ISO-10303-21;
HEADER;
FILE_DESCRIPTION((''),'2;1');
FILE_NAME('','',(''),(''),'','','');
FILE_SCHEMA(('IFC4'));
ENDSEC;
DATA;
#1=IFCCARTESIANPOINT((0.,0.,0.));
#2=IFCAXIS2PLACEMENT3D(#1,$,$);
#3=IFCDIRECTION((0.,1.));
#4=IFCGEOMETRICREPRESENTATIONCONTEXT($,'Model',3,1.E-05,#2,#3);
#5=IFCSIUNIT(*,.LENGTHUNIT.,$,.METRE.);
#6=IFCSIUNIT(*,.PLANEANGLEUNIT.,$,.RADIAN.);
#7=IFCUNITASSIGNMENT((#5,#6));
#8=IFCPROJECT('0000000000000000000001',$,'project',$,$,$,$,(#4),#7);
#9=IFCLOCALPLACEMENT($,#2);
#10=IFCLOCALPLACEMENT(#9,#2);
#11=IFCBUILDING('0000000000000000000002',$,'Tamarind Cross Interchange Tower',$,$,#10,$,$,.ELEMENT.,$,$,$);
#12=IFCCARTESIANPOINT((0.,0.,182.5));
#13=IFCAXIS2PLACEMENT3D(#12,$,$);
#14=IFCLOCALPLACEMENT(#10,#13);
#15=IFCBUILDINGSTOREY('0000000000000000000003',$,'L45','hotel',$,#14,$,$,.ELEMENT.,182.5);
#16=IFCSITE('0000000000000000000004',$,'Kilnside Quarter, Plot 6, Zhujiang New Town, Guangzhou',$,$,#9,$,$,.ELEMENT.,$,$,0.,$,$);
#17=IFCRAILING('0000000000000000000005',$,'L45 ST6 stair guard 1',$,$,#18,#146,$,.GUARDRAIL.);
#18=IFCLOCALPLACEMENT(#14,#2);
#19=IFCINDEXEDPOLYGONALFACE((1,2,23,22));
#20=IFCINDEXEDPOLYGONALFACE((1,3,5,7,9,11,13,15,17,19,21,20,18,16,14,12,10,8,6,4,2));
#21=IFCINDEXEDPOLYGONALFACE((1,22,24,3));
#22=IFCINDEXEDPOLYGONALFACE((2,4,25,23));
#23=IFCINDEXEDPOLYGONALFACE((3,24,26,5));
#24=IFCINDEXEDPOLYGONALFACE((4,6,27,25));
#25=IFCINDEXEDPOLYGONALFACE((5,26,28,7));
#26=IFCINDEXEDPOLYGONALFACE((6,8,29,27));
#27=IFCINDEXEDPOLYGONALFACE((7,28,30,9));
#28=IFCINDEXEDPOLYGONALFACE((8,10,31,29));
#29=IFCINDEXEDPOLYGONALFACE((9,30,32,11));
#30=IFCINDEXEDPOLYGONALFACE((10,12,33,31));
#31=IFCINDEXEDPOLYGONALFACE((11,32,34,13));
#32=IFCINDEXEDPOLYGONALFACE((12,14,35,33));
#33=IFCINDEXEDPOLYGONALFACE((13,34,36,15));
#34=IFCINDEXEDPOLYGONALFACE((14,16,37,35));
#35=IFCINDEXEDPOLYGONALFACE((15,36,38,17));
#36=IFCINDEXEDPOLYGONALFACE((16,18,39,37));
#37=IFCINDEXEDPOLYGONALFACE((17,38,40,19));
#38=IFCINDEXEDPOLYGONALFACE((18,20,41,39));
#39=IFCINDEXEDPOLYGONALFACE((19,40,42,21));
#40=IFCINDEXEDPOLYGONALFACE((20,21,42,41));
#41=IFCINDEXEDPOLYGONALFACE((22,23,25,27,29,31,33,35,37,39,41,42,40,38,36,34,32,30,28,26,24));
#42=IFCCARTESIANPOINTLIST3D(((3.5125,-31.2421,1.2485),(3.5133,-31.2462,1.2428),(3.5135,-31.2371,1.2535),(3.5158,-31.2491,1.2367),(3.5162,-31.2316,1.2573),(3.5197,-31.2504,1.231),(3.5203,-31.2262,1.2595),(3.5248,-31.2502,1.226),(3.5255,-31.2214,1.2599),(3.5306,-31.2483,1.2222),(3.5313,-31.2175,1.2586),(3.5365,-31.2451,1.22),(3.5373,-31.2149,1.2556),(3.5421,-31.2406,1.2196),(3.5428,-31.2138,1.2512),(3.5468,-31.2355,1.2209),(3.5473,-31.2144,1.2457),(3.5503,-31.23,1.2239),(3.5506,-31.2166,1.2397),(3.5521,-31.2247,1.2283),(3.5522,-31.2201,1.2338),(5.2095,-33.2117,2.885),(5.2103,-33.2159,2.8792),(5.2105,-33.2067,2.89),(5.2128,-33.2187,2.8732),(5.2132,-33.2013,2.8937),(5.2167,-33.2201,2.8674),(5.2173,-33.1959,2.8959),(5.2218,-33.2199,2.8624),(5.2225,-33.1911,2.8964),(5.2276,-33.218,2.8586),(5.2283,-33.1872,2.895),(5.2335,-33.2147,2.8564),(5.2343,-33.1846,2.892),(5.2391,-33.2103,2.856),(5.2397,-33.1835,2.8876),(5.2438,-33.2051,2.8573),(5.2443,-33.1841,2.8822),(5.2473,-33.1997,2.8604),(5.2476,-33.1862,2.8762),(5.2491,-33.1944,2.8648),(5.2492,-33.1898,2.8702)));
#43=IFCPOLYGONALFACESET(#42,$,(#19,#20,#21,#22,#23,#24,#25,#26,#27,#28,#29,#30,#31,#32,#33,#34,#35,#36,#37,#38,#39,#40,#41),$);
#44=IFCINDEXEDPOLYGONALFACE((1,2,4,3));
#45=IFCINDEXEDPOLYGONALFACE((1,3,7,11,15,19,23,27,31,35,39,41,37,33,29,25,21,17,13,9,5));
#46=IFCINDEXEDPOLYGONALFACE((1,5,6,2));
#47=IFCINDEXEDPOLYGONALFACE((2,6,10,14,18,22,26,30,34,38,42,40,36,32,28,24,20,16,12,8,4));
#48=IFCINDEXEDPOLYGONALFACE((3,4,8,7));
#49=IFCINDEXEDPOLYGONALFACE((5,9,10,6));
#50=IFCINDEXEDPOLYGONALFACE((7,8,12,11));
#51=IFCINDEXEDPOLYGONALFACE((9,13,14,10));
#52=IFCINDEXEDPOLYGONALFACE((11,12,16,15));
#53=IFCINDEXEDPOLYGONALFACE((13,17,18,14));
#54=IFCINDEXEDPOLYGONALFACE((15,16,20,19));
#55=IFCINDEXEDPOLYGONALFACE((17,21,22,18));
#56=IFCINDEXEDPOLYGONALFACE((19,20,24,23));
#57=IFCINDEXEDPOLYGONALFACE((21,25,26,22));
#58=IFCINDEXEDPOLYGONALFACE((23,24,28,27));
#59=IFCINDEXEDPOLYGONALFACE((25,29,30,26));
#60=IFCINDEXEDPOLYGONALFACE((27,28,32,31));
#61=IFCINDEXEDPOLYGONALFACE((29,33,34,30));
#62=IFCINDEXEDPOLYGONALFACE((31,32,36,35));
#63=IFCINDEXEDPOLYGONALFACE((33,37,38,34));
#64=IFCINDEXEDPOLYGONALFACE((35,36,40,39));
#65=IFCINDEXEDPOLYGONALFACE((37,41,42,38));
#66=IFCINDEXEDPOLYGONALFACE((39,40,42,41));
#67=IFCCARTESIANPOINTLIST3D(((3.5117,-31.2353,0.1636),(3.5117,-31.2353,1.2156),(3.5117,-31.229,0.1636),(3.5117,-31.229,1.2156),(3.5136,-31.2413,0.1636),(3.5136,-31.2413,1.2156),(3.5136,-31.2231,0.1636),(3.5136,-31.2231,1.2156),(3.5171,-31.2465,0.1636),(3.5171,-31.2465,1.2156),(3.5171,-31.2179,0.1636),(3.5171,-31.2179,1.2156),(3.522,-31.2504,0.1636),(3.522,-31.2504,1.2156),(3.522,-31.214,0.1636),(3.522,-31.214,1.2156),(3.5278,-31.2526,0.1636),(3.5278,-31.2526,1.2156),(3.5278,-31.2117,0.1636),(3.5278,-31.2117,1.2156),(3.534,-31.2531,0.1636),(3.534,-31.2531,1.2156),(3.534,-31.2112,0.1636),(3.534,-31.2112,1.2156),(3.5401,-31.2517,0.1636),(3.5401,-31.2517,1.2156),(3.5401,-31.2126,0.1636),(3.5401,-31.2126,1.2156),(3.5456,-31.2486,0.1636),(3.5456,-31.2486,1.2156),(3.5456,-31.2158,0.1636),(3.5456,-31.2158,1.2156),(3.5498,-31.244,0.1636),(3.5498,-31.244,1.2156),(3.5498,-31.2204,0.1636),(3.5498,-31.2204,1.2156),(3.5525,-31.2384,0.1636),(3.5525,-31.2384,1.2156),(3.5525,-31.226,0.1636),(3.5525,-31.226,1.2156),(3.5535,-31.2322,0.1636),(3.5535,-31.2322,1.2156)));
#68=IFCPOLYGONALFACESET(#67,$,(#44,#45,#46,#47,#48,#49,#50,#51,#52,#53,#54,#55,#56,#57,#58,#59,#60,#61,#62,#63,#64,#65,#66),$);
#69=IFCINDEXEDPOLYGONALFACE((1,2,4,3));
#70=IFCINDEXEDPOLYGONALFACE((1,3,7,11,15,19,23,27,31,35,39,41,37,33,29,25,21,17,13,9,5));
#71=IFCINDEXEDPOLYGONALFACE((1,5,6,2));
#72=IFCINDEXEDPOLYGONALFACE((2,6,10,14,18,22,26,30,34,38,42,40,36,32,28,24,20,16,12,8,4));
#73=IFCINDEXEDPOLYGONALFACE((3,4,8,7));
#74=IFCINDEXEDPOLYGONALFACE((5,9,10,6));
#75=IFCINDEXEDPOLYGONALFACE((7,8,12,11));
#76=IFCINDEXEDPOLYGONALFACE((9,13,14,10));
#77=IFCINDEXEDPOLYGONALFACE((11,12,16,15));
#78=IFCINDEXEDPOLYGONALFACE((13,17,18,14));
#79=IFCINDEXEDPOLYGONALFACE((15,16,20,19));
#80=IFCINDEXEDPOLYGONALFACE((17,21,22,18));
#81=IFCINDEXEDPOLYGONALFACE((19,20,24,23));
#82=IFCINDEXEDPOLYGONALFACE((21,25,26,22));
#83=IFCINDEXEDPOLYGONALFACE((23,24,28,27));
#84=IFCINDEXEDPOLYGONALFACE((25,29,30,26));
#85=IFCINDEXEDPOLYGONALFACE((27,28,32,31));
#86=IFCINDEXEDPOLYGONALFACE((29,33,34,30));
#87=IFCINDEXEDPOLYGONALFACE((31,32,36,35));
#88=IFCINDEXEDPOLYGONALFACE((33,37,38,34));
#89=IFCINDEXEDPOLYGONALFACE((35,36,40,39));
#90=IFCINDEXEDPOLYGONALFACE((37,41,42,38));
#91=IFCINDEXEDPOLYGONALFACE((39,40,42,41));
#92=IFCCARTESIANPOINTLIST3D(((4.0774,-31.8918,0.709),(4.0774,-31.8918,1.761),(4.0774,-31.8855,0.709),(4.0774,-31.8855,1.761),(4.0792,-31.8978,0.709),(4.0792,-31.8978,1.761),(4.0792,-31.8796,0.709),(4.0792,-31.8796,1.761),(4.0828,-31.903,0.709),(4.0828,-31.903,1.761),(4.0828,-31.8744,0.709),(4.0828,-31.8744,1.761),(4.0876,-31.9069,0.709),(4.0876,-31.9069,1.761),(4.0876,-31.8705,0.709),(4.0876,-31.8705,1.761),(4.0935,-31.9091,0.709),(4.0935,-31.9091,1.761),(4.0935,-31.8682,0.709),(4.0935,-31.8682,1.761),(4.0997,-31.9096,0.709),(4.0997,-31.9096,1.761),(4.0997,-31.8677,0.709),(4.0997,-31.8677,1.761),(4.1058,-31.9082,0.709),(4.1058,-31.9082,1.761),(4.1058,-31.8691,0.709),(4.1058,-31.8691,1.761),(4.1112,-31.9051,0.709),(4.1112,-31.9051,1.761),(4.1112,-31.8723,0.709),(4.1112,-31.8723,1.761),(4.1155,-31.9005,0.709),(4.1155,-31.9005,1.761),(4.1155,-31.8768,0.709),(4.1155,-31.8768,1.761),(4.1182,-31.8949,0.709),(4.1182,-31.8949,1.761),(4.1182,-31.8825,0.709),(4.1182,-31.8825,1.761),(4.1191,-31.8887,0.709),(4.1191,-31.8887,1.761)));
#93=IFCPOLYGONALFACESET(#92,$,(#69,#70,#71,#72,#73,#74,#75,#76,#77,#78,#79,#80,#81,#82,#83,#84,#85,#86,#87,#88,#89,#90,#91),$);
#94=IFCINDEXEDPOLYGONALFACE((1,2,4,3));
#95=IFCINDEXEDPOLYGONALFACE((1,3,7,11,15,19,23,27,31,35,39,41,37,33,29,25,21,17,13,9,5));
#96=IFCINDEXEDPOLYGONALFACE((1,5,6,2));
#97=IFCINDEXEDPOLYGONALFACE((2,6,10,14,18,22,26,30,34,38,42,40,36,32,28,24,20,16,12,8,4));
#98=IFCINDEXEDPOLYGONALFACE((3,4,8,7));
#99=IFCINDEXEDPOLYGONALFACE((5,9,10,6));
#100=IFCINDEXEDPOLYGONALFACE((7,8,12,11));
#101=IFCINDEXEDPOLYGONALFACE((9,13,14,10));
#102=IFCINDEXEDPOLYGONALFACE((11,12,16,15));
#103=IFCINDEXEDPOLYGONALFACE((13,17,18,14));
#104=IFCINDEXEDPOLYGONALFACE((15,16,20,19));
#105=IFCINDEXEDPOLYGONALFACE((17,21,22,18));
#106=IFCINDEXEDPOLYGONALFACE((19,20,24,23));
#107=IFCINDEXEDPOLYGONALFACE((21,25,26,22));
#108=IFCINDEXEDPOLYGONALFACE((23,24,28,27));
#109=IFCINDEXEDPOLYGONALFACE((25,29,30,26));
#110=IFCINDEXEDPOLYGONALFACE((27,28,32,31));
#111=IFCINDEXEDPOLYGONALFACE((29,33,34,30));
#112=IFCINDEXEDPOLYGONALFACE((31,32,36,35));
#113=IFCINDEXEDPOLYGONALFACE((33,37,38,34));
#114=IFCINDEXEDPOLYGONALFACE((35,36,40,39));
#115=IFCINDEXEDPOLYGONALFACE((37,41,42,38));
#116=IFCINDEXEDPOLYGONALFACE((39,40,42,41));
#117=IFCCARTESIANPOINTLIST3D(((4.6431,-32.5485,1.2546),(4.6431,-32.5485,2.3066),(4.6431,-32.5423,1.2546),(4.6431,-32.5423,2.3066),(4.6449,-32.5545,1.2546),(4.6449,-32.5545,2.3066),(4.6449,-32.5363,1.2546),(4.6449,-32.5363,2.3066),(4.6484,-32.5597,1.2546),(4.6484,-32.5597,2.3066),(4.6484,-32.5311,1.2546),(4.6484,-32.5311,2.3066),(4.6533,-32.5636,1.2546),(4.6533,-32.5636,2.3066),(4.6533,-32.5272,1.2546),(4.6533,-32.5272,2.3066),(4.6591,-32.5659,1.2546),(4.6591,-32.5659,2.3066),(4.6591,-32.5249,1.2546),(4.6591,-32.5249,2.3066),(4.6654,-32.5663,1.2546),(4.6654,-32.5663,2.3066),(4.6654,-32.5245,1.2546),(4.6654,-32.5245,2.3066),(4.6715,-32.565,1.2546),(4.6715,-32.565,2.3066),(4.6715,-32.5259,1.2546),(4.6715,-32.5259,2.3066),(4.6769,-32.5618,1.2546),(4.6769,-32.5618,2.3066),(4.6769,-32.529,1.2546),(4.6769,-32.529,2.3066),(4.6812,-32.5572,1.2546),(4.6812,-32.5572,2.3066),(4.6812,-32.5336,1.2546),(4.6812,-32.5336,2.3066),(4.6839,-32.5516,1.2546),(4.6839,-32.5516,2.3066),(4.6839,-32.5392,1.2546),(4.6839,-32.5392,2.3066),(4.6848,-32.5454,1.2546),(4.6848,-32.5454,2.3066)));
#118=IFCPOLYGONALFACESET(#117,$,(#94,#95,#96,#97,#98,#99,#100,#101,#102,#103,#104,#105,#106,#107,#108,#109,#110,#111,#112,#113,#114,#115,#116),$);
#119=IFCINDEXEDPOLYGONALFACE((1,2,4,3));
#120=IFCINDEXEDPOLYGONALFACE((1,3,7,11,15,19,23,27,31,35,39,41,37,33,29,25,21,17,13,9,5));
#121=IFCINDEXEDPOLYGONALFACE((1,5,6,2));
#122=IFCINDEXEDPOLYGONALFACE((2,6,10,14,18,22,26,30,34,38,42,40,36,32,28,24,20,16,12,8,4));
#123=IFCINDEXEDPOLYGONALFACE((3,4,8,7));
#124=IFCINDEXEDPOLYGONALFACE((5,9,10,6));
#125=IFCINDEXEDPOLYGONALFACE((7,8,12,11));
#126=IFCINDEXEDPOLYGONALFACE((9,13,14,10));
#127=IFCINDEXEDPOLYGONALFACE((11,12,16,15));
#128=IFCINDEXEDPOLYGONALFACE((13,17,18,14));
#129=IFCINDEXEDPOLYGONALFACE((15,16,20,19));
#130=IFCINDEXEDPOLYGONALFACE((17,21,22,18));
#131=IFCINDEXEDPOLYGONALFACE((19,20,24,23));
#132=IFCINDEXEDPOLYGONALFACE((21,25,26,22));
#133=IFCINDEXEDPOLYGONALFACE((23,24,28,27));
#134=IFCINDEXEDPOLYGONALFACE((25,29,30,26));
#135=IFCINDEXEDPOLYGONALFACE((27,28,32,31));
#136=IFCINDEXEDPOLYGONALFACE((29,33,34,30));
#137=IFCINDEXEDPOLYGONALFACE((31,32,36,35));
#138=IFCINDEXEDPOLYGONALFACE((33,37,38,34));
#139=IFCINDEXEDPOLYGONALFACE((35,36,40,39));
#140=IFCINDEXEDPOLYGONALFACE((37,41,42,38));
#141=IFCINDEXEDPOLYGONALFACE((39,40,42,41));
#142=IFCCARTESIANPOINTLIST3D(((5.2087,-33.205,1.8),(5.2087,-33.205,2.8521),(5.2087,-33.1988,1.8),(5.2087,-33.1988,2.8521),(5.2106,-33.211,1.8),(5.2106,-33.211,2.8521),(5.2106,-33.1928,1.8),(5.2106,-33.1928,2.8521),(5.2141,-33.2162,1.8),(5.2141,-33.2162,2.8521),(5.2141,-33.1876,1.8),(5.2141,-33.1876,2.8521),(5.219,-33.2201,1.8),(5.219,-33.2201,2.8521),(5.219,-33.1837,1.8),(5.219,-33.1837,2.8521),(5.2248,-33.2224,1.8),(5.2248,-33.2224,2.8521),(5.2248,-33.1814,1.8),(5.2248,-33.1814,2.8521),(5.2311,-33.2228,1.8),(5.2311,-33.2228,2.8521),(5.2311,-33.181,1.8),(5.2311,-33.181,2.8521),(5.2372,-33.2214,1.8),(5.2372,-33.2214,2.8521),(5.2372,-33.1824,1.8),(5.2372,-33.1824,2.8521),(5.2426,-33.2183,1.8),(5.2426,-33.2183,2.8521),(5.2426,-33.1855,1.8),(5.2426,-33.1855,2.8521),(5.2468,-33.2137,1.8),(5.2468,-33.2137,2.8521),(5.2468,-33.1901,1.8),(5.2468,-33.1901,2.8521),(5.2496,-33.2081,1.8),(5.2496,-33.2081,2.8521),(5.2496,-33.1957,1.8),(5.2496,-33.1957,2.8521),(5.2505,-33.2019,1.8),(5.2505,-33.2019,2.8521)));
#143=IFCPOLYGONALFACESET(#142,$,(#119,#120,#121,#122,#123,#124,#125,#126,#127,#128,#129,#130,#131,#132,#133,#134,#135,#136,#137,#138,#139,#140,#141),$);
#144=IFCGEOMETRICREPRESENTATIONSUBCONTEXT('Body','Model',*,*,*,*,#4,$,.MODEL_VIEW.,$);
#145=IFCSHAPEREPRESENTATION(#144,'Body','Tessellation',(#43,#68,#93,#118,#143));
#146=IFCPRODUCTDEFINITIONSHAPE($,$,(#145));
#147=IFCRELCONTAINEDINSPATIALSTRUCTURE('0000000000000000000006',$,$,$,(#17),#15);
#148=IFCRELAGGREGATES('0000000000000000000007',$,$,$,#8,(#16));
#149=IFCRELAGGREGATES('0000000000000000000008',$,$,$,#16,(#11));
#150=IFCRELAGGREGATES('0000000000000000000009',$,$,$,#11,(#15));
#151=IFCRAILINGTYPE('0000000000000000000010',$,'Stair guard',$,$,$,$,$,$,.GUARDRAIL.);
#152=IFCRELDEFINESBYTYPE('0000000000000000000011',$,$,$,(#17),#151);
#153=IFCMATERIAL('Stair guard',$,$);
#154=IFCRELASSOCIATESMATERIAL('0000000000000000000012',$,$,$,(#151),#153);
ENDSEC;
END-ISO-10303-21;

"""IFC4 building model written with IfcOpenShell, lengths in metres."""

from ifc_helpers import new_model, si_unit, direction, frame, origin, origin_2d, place, context, subcontext, project, spatial, circle, extrude, material, type_object, element, save


model = new_model("IFC4")

# Units and contexts
model_context = context("Model", 3, precision=1e-05, world=origin(), true_north=direction((0.0, 1.0)))
body_context = subcontext(model_context, "Body", "Model", "MODEL_VIEW")
ifc_project = project(units=[si_unit("LENGTHUNIT", "METRE"), si_unit("PLANEANGLEUNIT", "RADIAN")], contexts=[model_context])

# Site, building, storey
site_placement = place(None, origin())
site = spatial("IfcSite", under=ifc_project, at=site_placement, Name="Kilnside Quarter, Plot 6, Zhujiang New Town, Guangzhou", CompositionType="ELEMENT", RefElevation=0.0)
building_placement = place(site_placement, origin())
building = spatial("IfcBuilding", under=site, at=building_placement, Name="Tamarind Cross Interchange Tower", CompositionType="ELEMENT")
storey_placement = place(building_placement, frame((0.0, 0.0, 182.5)))
storey = spatial("IfcBuildingStorey", under=building, at=storey_placement, Name="L45", Description="hotel", CompositionType="ELEMENT", Elevation=182.5)

# Railing
ifc_material_1 = material(Name="Stair guard")
railing_type = type_object("IfcRailingType", Name="Stair guard", PredefinedType="GUARDRAIL", material=ifc_material_1)
railing_1_placement = place(storey_placement, frame((3.5325, -31.2322, 0.1636)))
element("IfcRailing", 1, at=railing_1_placement, inside=storey, type_object=railing_type, Name="L45 ST6 stair guard 1", PredefinedType="GUARDRAIL", context=body_context, shape_type="SweptSolid", body=[
    extrude(circle(Radius=0.0239, at=origin_2d()), frame((0.0, 0.0, 1.0762), z_axis=(0.552399, -0.641168, 0.53269), x_axis=(0.757604, 0.652715, 0.0)), (0.0, 0.0, 1.0), 3.072),
    extrude(circle(Radius=0.021, at=origin_2d()), origin(), (0.0, 0.0, 1.0), 1.052),
    extrude(circle(Radius=0.021, at=origin_2d()), frame((0.5657, -0.6565, 0.5454)), (0.0, 0.0, 1.0), 1.052),
    extrude(circle(Radius=0.021, at=origin_2d()), frame((1.1313, -1.3132, 1.0911)), (0.0, 0.0, 1.0), 1.052),
    extrude(circle(Radius=0.021, at=origin_2d()), frame((1.697, -1.9697, 1.6365)), (0.0, 0.0, 1.0), 1.052),
])

save(model, "model.ifc")
